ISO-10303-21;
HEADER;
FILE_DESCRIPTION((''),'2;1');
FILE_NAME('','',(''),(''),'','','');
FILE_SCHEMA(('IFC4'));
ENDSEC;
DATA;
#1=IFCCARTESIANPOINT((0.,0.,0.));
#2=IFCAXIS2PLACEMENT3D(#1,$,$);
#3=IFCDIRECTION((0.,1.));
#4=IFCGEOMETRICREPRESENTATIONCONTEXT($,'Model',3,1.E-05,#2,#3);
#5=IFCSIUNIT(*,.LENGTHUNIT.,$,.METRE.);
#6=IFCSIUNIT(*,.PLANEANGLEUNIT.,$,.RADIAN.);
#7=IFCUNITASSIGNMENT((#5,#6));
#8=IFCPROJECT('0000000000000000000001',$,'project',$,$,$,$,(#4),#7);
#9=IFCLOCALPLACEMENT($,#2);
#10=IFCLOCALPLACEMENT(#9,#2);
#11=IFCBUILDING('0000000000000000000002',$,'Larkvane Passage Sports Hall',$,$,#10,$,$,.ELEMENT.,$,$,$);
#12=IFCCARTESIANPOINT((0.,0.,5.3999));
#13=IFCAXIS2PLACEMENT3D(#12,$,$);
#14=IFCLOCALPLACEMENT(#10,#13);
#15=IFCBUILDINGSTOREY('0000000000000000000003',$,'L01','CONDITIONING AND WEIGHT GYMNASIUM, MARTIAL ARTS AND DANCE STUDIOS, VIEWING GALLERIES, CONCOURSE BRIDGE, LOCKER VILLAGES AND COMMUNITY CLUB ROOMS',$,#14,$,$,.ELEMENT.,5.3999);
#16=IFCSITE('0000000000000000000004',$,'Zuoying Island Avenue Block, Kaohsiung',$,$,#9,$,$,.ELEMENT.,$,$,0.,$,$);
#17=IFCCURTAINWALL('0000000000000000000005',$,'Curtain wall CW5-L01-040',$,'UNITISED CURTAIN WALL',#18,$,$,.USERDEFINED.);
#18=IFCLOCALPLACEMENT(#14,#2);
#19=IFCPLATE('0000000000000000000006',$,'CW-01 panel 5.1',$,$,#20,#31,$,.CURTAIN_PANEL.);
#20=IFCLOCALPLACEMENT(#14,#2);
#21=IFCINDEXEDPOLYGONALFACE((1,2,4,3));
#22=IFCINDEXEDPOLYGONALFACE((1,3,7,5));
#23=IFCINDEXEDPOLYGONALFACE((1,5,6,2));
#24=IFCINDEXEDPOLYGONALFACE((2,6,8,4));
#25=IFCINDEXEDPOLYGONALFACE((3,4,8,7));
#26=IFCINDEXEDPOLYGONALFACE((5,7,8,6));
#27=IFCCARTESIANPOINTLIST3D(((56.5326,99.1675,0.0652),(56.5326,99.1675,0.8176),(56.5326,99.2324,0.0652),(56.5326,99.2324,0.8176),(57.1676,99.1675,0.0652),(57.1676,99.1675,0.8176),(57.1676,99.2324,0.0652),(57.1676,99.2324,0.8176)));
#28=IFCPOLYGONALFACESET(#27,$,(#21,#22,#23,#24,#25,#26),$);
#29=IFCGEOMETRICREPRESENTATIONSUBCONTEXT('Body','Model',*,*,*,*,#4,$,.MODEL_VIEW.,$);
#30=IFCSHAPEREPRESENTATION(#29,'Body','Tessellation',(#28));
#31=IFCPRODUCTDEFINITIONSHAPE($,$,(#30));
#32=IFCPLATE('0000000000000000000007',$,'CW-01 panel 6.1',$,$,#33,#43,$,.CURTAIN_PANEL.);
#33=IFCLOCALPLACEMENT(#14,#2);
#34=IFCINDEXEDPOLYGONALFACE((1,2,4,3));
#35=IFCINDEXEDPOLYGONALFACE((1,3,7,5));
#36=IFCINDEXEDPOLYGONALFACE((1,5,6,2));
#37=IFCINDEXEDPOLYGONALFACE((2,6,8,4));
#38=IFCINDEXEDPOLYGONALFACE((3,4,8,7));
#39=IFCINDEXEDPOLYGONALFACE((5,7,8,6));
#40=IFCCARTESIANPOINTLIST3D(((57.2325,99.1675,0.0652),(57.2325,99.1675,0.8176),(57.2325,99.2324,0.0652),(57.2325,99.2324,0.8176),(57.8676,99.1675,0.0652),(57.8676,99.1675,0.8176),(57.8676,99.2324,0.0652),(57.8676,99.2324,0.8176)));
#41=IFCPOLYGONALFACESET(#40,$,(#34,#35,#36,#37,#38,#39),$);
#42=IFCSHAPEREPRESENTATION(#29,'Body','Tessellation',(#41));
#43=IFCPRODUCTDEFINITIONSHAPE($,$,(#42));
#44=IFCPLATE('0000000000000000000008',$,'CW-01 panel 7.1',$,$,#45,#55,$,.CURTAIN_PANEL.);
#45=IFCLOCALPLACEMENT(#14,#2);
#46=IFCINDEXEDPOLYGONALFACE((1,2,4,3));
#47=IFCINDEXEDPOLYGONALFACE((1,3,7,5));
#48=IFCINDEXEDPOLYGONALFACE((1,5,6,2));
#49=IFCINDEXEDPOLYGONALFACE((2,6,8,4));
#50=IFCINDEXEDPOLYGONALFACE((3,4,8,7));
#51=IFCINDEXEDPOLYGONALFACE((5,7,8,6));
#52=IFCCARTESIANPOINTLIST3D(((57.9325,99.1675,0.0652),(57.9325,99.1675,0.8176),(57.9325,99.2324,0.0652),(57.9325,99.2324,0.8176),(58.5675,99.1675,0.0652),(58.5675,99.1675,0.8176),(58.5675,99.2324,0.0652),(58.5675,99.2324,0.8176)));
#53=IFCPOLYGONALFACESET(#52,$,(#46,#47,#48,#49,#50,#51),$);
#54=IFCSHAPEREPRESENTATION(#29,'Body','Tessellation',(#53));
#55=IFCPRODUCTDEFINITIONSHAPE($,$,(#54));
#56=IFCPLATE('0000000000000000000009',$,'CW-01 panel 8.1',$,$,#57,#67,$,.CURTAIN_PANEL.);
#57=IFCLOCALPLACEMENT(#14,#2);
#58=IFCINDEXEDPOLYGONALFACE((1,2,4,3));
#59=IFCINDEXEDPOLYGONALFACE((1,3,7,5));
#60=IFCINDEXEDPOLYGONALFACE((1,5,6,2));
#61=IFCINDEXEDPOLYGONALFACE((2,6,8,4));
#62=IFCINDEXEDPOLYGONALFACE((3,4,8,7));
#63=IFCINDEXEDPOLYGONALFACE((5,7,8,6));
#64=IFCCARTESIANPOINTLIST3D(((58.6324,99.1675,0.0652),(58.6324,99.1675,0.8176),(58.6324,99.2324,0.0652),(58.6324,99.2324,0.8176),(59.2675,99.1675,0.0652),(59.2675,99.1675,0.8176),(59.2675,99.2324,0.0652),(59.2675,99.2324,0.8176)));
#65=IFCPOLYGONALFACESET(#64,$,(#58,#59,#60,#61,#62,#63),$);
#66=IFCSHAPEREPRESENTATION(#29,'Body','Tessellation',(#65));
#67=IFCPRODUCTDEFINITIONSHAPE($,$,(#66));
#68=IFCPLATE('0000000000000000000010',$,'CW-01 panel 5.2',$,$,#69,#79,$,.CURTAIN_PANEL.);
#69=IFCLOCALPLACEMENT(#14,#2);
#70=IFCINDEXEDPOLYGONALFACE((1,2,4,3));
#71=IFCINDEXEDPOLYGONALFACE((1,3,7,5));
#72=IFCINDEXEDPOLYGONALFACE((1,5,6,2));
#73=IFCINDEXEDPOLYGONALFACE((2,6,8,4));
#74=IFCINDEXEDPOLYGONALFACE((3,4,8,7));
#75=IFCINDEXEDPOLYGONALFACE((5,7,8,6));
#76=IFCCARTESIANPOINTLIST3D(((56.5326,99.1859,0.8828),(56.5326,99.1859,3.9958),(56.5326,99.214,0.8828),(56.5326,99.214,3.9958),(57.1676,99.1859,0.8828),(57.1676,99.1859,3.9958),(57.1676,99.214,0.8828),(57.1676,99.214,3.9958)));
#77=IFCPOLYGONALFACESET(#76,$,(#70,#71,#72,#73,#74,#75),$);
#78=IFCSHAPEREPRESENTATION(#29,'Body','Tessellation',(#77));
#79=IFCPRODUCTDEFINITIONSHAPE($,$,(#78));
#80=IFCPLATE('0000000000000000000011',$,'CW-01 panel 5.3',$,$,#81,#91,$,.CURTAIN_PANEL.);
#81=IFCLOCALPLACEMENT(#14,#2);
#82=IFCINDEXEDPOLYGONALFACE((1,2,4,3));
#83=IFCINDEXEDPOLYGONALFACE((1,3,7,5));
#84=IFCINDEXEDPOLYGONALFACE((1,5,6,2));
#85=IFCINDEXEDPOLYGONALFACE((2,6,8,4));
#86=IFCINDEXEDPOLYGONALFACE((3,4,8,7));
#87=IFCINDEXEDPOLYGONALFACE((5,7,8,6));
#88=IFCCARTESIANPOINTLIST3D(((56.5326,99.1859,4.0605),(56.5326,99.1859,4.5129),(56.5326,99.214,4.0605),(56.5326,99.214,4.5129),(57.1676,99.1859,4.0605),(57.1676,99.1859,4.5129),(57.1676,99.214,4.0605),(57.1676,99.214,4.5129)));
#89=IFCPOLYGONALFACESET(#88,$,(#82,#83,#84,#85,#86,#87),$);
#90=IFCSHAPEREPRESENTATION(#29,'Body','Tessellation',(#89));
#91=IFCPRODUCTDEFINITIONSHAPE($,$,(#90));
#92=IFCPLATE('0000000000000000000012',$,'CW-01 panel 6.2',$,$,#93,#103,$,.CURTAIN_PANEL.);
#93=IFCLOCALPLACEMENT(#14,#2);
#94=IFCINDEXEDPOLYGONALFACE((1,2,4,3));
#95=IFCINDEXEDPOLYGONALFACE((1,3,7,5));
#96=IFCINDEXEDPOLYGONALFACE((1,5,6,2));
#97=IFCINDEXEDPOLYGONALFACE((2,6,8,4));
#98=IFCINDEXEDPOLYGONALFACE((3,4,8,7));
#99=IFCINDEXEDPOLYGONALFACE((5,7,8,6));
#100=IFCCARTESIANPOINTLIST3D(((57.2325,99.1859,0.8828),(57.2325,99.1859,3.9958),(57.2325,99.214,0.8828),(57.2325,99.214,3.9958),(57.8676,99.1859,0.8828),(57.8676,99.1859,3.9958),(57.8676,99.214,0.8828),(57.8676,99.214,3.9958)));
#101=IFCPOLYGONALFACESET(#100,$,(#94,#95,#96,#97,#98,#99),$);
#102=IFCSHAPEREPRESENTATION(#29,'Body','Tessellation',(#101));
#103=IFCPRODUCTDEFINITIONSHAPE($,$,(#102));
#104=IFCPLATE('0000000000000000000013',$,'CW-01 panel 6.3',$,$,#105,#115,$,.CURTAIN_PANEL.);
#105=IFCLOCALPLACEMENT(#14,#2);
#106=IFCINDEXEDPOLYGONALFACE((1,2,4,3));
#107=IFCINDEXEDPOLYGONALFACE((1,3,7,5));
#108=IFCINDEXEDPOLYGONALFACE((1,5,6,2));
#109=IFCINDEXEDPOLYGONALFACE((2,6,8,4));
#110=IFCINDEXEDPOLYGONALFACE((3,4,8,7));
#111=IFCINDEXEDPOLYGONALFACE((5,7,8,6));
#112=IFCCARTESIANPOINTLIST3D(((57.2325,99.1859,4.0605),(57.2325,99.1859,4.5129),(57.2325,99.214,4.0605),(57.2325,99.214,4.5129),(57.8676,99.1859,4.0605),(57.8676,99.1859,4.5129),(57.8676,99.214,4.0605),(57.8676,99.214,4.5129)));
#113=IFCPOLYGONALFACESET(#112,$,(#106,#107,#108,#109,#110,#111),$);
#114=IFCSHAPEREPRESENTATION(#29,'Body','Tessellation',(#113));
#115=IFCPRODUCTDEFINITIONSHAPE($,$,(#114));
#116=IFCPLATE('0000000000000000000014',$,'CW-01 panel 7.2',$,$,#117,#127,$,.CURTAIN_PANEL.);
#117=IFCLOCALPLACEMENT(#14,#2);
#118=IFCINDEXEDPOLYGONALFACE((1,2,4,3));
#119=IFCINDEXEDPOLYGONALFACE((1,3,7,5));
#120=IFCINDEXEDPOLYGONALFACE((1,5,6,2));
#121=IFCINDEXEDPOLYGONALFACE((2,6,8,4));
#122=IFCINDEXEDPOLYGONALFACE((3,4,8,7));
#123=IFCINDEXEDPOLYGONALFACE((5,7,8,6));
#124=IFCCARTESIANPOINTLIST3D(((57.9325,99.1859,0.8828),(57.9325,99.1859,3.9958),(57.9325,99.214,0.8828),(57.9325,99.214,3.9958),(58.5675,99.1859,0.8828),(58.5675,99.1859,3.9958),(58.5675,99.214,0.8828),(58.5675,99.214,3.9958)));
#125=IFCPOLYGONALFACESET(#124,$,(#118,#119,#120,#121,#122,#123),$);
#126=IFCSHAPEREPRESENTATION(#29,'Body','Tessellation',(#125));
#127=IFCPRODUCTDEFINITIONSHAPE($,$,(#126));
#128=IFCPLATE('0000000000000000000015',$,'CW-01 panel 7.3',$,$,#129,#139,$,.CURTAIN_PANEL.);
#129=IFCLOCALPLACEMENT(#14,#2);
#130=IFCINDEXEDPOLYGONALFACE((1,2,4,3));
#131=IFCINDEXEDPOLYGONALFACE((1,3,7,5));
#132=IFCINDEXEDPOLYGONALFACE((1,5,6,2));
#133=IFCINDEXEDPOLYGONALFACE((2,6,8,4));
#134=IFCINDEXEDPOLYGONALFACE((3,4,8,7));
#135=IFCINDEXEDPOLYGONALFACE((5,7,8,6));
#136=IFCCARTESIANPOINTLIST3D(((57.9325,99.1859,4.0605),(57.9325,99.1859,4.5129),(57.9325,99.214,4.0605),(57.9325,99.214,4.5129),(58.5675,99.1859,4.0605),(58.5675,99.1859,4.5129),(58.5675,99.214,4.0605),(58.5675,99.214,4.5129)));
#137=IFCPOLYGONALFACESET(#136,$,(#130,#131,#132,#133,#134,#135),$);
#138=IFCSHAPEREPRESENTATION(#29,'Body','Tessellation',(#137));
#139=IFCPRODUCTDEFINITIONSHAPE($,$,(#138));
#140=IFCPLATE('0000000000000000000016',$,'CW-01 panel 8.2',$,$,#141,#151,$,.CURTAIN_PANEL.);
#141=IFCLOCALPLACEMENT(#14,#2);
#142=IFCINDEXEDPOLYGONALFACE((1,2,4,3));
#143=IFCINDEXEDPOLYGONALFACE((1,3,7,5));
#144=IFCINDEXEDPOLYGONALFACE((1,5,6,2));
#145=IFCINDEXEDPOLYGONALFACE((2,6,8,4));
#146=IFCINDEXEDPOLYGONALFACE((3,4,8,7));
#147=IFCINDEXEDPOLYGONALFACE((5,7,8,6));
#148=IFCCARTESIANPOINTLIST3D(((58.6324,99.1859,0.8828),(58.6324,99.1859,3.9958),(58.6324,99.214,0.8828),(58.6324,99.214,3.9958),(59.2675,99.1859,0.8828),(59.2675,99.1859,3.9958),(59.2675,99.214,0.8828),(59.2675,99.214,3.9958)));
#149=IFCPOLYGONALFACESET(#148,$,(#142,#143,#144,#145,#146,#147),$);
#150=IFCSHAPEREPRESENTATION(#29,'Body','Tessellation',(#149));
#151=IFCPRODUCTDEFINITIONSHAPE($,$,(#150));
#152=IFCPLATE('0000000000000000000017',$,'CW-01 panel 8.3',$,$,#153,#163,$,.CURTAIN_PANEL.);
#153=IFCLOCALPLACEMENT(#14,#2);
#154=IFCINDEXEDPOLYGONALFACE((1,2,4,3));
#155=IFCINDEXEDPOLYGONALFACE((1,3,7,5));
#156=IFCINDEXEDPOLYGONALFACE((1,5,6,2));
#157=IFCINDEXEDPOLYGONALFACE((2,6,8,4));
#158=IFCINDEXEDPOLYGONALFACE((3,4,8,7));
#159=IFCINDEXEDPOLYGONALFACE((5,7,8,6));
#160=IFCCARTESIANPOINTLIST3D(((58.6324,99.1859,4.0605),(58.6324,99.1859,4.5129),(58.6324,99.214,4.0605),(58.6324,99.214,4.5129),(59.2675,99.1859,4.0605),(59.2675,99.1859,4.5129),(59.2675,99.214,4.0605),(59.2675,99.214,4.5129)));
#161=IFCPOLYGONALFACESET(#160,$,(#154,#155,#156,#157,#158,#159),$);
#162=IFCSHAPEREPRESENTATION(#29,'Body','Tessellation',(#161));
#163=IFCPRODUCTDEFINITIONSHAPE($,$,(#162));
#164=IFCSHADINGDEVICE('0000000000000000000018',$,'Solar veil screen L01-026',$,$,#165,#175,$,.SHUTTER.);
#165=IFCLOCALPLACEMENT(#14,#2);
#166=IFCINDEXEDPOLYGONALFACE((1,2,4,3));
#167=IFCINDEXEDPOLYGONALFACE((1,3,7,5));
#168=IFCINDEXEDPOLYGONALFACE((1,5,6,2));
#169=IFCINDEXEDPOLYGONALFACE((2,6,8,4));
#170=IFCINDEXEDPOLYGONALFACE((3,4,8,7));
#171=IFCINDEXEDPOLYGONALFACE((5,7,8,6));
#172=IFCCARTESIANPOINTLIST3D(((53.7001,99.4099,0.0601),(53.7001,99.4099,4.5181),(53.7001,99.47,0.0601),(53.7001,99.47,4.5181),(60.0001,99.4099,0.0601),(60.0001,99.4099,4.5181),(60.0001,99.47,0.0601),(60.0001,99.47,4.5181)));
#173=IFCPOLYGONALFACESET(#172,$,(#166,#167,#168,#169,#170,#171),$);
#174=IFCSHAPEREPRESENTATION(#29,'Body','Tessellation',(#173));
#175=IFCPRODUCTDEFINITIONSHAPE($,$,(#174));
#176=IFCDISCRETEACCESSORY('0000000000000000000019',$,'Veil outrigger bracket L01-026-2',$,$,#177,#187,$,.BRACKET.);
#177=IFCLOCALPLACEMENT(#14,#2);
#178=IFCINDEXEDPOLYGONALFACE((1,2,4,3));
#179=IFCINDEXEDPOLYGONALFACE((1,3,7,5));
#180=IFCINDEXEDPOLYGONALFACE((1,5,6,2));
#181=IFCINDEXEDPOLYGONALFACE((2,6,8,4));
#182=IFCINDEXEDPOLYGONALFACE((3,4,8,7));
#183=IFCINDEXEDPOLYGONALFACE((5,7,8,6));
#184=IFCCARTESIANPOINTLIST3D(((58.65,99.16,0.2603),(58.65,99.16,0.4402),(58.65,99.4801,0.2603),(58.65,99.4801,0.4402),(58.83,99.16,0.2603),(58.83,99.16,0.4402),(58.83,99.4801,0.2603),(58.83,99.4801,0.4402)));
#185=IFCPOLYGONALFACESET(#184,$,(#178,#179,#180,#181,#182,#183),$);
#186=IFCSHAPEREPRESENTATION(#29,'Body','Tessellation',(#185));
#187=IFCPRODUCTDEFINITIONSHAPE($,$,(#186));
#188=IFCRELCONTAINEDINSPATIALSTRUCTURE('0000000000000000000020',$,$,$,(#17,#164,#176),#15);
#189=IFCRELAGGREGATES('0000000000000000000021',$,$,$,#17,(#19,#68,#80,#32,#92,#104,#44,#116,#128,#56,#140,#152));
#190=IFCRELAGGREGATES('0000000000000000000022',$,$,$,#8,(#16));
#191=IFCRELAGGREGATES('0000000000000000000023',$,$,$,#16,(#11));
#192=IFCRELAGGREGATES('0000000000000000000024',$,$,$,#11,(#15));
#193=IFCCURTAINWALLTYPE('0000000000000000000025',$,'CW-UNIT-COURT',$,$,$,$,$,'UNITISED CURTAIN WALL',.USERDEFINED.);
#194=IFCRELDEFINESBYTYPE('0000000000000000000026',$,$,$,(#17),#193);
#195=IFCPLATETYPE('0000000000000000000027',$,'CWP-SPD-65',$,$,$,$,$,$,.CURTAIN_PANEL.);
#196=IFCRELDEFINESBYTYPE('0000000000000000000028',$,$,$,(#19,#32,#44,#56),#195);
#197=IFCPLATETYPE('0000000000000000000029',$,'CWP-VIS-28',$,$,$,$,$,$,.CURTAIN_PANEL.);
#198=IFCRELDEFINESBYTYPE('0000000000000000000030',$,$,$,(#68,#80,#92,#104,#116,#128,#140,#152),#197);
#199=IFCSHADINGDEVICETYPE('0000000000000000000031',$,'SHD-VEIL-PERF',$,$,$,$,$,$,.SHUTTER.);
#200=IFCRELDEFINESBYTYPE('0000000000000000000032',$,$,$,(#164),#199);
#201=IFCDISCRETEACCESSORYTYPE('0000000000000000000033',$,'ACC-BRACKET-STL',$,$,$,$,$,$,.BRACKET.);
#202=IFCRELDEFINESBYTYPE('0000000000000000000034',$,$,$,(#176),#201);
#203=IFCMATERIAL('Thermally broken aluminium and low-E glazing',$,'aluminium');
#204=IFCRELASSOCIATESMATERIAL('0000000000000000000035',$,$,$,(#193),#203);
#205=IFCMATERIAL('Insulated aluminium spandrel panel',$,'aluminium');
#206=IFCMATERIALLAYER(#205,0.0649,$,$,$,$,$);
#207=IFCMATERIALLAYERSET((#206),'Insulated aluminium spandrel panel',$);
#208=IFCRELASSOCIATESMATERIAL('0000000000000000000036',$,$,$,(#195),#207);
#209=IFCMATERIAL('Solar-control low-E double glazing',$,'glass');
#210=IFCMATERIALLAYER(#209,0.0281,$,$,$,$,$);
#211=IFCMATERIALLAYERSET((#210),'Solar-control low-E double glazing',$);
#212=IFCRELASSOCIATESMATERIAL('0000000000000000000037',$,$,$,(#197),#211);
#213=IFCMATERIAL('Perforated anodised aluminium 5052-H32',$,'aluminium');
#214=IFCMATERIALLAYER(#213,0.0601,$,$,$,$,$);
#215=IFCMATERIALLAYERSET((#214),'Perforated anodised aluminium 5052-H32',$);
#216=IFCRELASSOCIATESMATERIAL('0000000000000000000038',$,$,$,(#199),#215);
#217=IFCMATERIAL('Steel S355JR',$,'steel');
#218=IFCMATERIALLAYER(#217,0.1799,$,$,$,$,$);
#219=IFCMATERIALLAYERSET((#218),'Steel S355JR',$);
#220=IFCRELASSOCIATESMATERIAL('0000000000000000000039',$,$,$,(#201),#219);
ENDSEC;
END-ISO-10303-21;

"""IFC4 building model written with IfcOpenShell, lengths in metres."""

from ifc_helpers import new_model, si_unit, direction, frame, origin, origin_2d, place, context, subcontext, project, spatial, rectangle, extrude, material, layer, layer_set, type_object, element, aggregate, save


model = new_model("IFC4")

# Units and contexts
model_context = context("Model", 3, precision=1e-05, world=origin(), true_north=direction((0.0, 1.0)))
body_context = subcontext(model_context, "Body", "Model", "MODEL_VIEW")
ifc_project = project(units=[si_unit("LENGTHUNIT", "METRE"), si_unit("PLANEANGLEUNIT", "RADIAN")], contexts=[model_context])

# Site, building, storey
site_placement = place(None, origin())
site = spatial("IfcSite", under=ifc_project, at=site_placement, Name="Zuoying Island Avenue Block, Kaohsiung", CompositionType="ELEMENT", RefElevation=0.0)
building_placement = place(site_placement, origin())
building = spatial("IfcBuilding", under=site, at=building_placement, Name="Larkvane Passage Sports Hall", CompositionType="ELEMENT")
storey_placement = place(building_placement, frame((0.0, 0.0, 5.3999)))
storey = spatial("IfcBuildingStorey", under=building, at=storey_placement, Name="L01", Description="CONDITIONING AND WEIGHT GYMNASIUM, MARTIAL ARTS AND DANCE STUDIOS, VIEWING GALLERIES, CONCOURSE BRIDGE, LOCKER VILLAGES AND COMMUNITY CLUB ROOMS", CompositionType="ELEMENT", Elevation=5.3999)

# Curtain wall, plates
ifc_material_1 = material(Name="Thermally broken aluminium and low-E glazing", Category="aluminium")
curtain_wall_type = type_object("IfcCurtainWallType", Name="CW-UNIT-COURT", ElementType="UNITISED CURTAIN WALL", PredefinedType="USERDEFINED", material=ifc_material_1)
curtain_wall_placement = place(storey_placement, origin())
curtain_wall = element("IfcCurtainWall", 1, at=curtain_wall_placement, inside=storey, type_object=curtain_wall_type, Name="Curtain wall CW5-L01-040", ObjectType="UNITISED CURTAIN WALL", PredefinedType="USERDEFINED")
ifc_material_2 = material(Name="Insulated aluminium spandrel panel", Category="aluminium")
ifc_layer_1 = layer(ifc_material_2, 0.0649)
ifc_layer_set_1 = layer_set([ifc_layer_1], Name="Insulated aluminium spandrel panel")
plate_type_1 = type_object("IfcPlateType", Name="CWP-SPD-65", PredefinedType="CURTAIN_PANEL", material=ifc_layer_set_1)
plate_1_placement = place(storey_placement, frame((56.8501, 99.2, 0.0652), z_axis=(0.0, 0.0, 1.0), x_axis=(1.0, 0.0, 0.0)))
plate_1 = element("IfcPlate", 2, at=plate_1_placement, type_object=plate_type_1, Name="CW-01 panel 5.1", PredefinedType="CURTAIN_PANEL", context=body_context, shape_type="SweptSolid", body=[
    extrude(rectangle(XDim=0.635, YDim=0.0649, at=origin_2d()), origin(), (0.0, 0.0, 1.0), 0.7524),
])
plate_2_placement = place(storey_placement, frame((57.55, 99.2, 0.0652), z_axis=(0.0, 0.0, 1.0), x_axis=(1.0, 0.0, 0.0)))
plate_2 = element("IfcPlate", 3, at=plate_2_placement, type_object=plate_type_1, Name="CW-01 panel 6.1", PredefinedType="CURTAIN_PANEL", context=body_context, shape_type="SweptSolid", body=[
    extrude(rectangle(XDim=0.635, YDim=0.0649, at=origin_2d()), origin(), (0.0, 0.0, 1.0), 0.7524),
])
plate_3_placement = place(storey_placement, frame((58.25, 99.2, 0.0652), z_axis=(0.0, 0.0, 1.0), x_axis=(1.0, 0.0, 0.0)))
plate_3 = element("IfcPlate", 4, at=plate_3_placement, type_object=plate_type_1, Name="CW-01 panel 7.1", PredefinedType="CURTAIN_PANEL", context=body_context, shape_type="SweptSolid", body=[
    extrude(rectangle(XDim=0.635, YDim=0.0649, at=origin_2d()), origin(), (0.0, 0.0, 1.0), 0.7524),
])
plate_4_placement = place(storey_placement, frame((58.95, 99.2, 0.0652), z_axis=(0.0, 0.0, 1.0), x_axis=(1.0, 0.0, 0.0)))
plate_4 = element("IfcPlate", 5, at=plate_4_placement, type_object=plate_type_1, Name="CW-01 panel 8.1", PredefinedType="CURTAIN_PANEL", context=body_context, shape_type="SweptSolid", body=[
    extrude(rectangle(XDim=0.635, YDim=0.0649, at=origin_2d()), origin(), (0.0, 0.0, 1.0), 0.7524),
])
ifc_material_3 = material(Name="Solar-control low-E double glazing", Category="glass")
ifc_layer_2 = layer(ifc_material_3, 0.0281)
ifc_layer_set_2 = layer_set([ifc_layer_2], Name="Solar-control low-E double glazing")
plate_type_2 = type_object("IfcPlateType", Name="CWP-VIS-28", PredefinedType="CURTAIN_PANEL", material=ifc_layer_set_2)
plate_5_placement = place(storey_placement, frame((56.8501, 99.2, 0.8828), z_axis=(0.0, 0.0, 1.0), x_axis=(1.0, 0.0, 0.0)))
plate_5 = element("IfcPlate", 6, at=plate_5_placement, type_object=plate_type_2, Name="CW-01 panel 5.2", PredefinedType="CURTAIN_PANEL", context=body_context, shape_type="SweptSolid", body=[
    extrude(rectangle(XDim=0.635, YDim=0.0281, at=origin_2d()), origin(), (0.0, 0.0, 1.0), 3.113),
])
plate_6_placement = place(storey_placement, frame((56.8501, 99.2, 4.0605), z_axis=(0.0, 0.0, 1.0), x_axis=(1.0, 0.0, 0.0)))
plate_6 = element("IfcPlate", 7, at=plate_6_placement, type_object=plate_type_2, Name="CW-01 panel 5.3", PredefinedType="CURTAIN_PANEL", context=body_context, shape_type="SweptSolid", body=[
    extrude(rectangle(XDim=0.635, YDim=0.0281, at=origin_2d()), origin(), (0.0, 0.0, 1.0), 0.4524),
])
plate_7_placement = place(storey_placement, frame((57.55, 99.2, 0.8828), z_axis=(0.0, 0.0, 1.0), x_axis=(1.0, 0.0, 0.0)))
plate_7 = element("IfcPlate", 8, at=plate_7_placement, type_object=plate_type_2, Name="CW-01 panel 6.2", PredefinedType="CURTAIN_PANEL", context=body_context, shape_type="SweptSolid", body=[
    extrude(rectangle(XDim=0.635, YDim=0.0281, at=origin_2d()), origin(), (0.0, 0.0, 1.0), 3.113),
])
plate_8_placement = place(storey_placement, frame((57.55, 99.2, 4.0605), z_axis=(0.0, 0.0, 1.0), x_axis=(1.0, 0.0, 0.0)))
plate_8 = element("IfcPlate", 9, at=plate_8_placement, type_object=plate_type_2, Name="CW-01 panel 6.3", PredefinedType="CURTAIN_PANEL", context=body_context, shape_type="SweptSolid", body=[
    extrude(rectangle(XDim=0.635, YDim=0.0281, at=origin_2d()), origin(), (0.0, 0.0, 1.0), 0.4524),
])
plate_9_placement = place(storey_placement, frame((58.25, 99.2, 0.8828), z_axis=(0.0, 0.0, 1.0), x_axis=(1.0, 0.0, 0.0)))
plate_9 = element("IfcPlate", 10, at=plate_9_placement, type_object=plate_type_2, Name="CW-01 panel 7.2", PredefinedType="CURTAIN_PANEL", context=body_context, shape_type="SweptSolid", body=[
    extrude(rectangle(XDim=0.635, YDim=0.0281, at=origin_2d()), origin(), (0.0, 0.0, 1.0), 3.113),
])
plate_10_placement = place(storey_placement, frame((58.25, 99.2, 4.0605), z_axis=(0.0, 0.0, 1.0), x_axis=(1.0, 0.0, 0.0)))
plate_10 = element("IfcPlate", 11, at=plate_10_placement, type_object=plate_type_2, Name="CW-01 panel 7.3", PredefinedType="CURTAIN_PANEL", context=body_context, shape_type="SweptSolid", body=[
    extrude(rectangle(XDim=0.635, YDim=0.0281, at=origin_2d()), origin(), (0.0, 0.0, 1.0), 0.4524),
])
plate_11_placement = place(storey_placement, frame((58.95, 99.2, 0.8828), z_axis=(0.0, 0.0, 1.0), x_axis=(1.0, 0.0, 0.0)))
plate_11 = element("IfcPlate", 12, at=plate_11_placement, type_object=plate_type_2, Name="CW-01 panel 8.2", PredefinedType="CURTAIN_PANEL", context=body_context, shape_type="SweptSolid", body=[
    extrude(rectangle(XDim=0.635, YDim=0.0281, at=origin_2d()), origin(), (0.0, 0.0, 1.0), 3.113),
])
plate_12_placement = place(storey_placement, frame((58.95, 99.2, 4.0605), z_axis=(0.0, 0.0, 1.0), x_axis=(1.0, 0.0, 0.0)))
plate_12 = element("IfcPlate", 13, at=plate_12_placement, type_object=plate_type_2, Name="CW-01 panel 8.3", PredefinedType="CURTAIN_PANEL", context=body_context, shape_type="SweptSolid", body=[
    extrude(rectangle(XDim=0.635, YDim=0.0281, at=origin_2d()), origin(), (0.0, 0.0, 1.0), 0.4524),
])
aggregate(curtain_wall, [plate_1, plate_5, plate_6, plate_2, plate_7, plate_8, plate_3, plate_9, plate_10, plate_4, plate_11, plate_12])

# Shading device
ifc_material_4 = material(Name="Perforated anodised aluminium 5052-H32", Category="aluminium")
ifc_layer_3 = layer(ifc_material_4, 0.0601)
ifc_layer_set_3 = layer_set([ifc_layer_3], Name="Perforated anodised aluminium 5052-H32")
shading_device_type = type_object("IfcShadingDeviceType", Name="SHD-VEIL-PERF", PredefinedType="SHUTTER", material=ifc_layer_set_3)
shading_device_placement = place(storey_placement, frame((56.8501, 99.4399, 0.0601), z_axis=(0.0, 0.0, 1.0), x_axis=(1.0, 0.0, 0.0)))
element("IfcShadingDevice", 14, at=shading_device_placement, inside=storey, type_object=shading_device_type, Name="Solar veil screen L01-026", PredefinedType="SHUTTER", context=body_context, shape_type="SweptSolid", body=[
    extrude(rectangle(XDim=6.3, YDim=0.0601, at=origin_2d()), origin(), (0.0, 0.0, 1.0), 4.458),
])

# Discrete accessory
ifc_material_5 = material(Name="Steel S355JR", Category="steel")
ifc_layer_4 = layer(ifc_material_5, 0.1799)
ifc_layer_set_4 = layer_set([ifc_layer_4], Name="Steel S355JR")
discrete_accessory_type = type_object("IfcDiscreteAccessoryType", Name="ACC-BRACKET-STL", PredefinedType="BRACKET", material=ifc_layer_set_4)
discrete_accessory_placement = place(storey_placement, frame((58.74, 99.3201, 0.2603), z_axis=(0.0, 0.0, 1.0), x_axis=(1.0, 0.0, 0.0)))
element("IfcDiscreteAccessory", 15, at=discrete_accessory_placement, inside=storey, type_object=discrete_accessory_type, Name="Veil outrigger bracket L01-026-2", PredefinedType="BRACKET", context=body_context, shape_type="SweptSolid", body=[
    extrude(rectangle(XDim=0.1799, YDim=0.3201, at=origin_2d()), origin(), (0.0, 0.0, 1.0), 0.1799),
])

save(model, "model.ifc")
